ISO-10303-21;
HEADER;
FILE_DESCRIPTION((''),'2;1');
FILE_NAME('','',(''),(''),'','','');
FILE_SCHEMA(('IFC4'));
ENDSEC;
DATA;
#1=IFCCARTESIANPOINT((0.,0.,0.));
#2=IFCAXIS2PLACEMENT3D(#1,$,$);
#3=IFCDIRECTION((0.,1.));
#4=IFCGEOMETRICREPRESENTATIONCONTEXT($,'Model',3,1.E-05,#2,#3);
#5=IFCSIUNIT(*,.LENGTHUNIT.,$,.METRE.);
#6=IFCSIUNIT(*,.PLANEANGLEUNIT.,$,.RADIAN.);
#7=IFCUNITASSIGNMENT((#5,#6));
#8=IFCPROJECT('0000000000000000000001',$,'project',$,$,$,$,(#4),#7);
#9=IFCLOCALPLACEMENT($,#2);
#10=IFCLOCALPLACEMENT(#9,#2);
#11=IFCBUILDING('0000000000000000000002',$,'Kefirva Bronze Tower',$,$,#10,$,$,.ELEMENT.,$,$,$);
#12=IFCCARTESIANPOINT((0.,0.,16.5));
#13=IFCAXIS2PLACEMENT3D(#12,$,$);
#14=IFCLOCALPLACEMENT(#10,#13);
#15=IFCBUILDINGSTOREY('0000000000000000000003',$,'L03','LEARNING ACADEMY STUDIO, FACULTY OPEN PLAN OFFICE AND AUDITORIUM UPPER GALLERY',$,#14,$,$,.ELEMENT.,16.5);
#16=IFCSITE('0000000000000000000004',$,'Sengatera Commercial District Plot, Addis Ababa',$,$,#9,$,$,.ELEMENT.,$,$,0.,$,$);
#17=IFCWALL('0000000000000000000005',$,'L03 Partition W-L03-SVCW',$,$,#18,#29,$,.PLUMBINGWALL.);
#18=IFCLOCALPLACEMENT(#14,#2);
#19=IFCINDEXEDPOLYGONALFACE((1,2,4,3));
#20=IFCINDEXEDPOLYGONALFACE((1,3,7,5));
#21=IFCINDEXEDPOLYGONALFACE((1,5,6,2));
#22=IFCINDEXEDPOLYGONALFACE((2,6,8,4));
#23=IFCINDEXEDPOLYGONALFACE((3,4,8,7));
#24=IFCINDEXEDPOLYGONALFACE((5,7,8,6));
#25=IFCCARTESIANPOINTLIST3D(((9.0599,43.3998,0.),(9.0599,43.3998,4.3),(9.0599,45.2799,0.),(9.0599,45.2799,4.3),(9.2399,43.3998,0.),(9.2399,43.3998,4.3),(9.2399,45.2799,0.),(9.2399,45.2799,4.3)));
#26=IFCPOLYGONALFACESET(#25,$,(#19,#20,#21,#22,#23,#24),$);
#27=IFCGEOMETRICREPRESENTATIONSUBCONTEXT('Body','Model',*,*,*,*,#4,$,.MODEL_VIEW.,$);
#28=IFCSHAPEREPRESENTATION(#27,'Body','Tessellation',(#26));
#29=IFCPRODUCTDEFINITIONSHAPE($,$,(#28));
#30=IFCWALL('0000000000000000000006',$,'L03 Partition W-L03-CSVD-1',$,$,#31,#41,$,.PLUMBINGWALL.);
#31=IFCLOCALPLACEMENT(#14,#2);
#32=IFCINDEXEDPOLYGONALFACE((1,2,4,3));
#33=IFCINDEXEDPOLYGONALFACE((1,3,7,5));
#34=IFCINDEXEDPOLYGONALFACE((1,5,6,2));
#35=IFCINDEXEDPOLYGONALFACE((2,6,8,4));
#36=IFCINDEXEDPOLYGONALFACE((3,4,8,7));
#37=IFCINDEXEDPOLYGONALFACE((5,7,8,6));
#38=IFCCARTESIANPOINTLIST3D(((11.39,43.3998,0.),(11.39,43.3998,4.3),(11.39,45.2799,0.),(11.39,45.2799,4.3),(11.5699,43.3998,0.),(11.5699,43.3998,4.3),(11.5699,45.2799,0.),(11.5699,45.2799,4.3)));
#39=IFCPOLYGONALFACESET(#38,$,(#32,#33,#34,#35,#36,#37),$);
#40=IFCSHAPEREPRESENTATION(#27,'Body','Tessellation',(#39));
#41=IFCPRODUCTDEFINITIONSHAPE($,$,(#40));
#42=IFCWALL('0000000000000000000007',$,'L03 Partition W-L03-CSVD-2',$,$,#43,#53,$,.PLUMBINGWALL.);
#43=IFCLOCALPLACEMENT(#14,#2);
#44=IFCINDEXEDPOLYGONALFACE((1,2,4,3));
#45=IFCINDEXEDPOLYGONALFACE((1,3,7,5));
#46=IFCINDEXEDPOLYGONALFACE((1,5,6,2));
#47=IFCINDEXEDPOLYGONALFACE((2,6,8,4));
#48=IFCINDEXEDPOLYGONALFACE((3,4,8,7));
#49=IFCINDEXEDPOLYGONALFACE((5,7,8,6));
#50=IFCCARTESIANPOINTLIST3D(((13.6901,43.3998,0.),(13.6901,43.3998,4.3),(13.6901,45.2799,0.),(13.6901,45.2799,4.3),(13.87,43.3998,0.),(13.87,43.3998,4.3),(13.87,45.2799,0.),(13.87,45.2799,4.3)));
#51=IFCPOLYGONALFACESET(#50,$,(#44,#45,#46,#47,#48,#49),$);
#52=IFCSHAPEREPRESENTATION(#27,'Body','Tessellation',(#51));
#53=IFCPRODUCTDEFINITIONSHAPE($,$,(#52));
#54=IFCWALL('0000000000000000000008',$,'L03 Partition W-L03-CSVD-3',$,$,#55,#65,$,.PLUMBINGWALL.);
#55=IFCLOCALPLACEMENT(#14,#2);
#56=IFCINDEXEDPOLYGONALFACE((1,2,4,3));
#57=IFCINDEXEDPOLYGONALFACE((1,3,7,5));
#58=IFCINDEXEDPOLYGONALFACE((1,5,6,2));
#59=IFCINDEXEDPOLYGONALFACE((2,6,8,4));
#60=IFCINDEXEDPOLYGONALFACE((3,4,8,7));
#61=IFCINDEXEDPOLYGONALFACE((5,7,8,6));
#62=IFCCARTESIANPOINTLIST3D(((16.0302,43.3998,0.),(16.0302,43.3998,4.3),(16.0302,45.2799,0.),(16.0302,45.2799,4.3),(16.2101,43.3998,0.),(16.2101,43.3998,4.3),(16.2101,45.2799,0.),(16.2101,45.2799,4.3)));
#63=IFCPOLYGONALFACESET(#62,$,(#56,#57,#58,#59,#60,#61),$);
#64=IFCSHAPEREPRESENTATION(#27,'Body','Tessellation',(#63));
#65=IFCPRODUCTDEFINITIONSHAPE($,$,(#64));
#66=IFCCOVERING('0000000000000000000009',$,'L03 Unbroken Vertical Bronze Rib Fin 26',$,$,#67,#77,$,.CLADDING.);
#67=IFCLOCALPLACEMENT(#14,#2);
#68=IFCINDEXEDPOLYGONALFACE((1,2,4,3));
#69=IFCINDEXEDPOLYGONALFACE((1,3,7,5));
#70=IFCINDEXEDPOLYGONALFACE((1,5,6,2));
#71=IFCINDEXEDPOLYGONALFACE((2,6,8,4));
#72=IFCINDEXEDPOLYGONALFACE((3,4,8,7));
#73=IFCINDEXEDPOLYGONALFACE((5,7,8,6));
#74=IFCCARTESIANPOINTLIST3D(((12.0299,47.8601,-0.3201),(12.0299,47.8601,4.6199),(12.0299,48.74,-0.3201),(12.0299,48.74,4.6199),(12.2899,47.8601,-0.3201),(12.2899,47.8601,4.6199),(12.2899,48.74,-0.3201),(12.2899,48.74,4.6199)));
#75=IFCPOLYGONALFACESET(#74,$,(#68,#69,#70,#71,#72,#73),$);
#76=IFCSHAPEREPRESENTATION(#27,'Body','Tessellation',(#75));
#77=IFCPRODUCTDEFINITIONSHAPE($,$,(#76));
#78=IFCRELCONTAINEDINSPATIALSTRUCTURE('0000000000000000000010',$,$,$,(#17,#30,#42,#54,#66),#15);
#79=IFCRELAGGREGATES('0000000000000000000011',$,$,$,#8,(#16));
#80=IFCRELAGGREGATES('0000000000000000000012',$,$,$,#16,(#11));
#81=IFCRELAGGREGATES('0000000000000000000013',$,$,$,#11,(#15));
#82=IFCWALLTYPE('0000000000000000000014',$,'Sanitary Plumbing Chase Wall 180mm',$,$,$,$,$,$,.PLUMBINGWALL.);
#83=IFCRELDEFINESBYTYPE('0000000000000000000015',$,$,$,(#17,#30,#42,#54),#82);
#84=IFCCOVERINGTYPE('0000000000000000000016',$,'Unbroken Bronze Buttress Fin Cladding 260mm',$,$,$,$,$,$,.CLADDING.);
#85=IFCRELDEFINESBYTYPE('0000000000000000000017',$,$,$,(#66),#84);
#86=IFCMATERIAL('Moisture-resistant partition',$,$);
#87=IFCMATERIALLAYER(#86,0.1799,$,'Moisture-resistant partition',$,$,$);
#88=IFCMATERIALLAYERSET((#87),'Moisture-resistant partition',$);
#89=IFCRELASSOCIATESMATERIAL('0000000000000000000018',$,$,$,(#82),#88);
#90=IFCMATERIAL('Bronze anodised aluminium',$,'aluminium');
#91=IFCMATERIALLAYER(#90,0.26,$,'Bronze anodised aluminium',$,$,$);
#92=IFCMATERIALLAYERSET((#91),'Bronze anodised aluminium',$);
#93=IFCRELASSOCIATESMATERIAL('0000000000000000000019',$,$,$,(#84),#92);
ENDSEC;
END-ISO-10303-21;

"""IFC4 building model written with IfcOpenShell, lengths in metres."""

from ifc_helpers import new_model, si_unit, direction, frame, frame_2d, origin, origin_2d, place, context, subcontext, project, spatial, rectangle, extrude, material, layer, layer_set, type_object, element, save


model = new_model("IFC4")

# Units and contexts
model_context = context("Model", 3, precision=1e-05, world=origin(), true_north=direction((0.0, 1.0)))
body_context = subcontext(model_context, "Body", "Model", "MODEL_VIEW")
ifc_project = project(units=[si_unit("LENGTHUNIT", "METRE"), si_unit("PLANEANGLEUNIT", "RADIAN")], contexts=[model_context])

# Site, building, storey
site_placement = place(None, origin())
site = spatial("IfcSite", under=ifc_project, at=site_placement, Name="Sengatera Commercial District Plot, Addis Ababa", CompositionType="ELEMENT", RefElevation=0.0)
building_placement = place(site_placement, origin())
building = spatial("IfcBuilding", under=site, at=building_placement, Name="Kefirva Bronze Tower", CompositionType="ELEMENT")
storey_placement = place(building_placement, frame((0.0, 0.0, 16.5)))
storey = spatial("IfcBuildingStorey", under=building, at=storey_placement, Name="L03", Description="LEARNING ACADEMY STUDIO, FACULTY OPEN PLAN OFFICE AND AUDITORIUM UPPER GALLERY", CompositionType="ELEMENT", Elevation=16.5)

# Shared definitions
ifc_material_1 = material(Name="Bronze anodised aluminium", Category="aluminium")

# Shared definitions
ifc_material_2 = material(Name="Moisture-resistant partition")
ifc_layer_1 = layer(ifc_material_2, 0.1799, Name="Moisture-resistant partition")
ifc_layer_set_1 = layer_set([ifc_layer_1], Name="Moisture-resistant partition")
wall_type_1 = type_object("IfcWallType", Name="Sanitary Plumbing Chase Wall 180mm", PredefinedType="PLUMBINGWALL", material=ifc_layer_set_1)

# Walls
for number, where, z_axis, x_axis, name in (
    (1, (9.1499, 43.3999, 0.0), (0.0, 0.0, 1.0), (0.0, 1.0, 0.0), "L03 Partition W-L03-SVCW"),
    (2, (11.48, 43.3999, 0.0), (0.0, 0.0, 1.0), (0.0, 1.0, 0.0), "L03 Partition W-L03-CSVD-1"),
    (3, (13.78, 43.3999, 0.0), (0.0, 0.0, 1.0), (0.0, 1.0, 0.0), "L03 Partition W-L03-CSVD-2"),
    (4, (16.1201, 43.3999, 0.0), (0.0, 0.0, 1.0), (0.0, 1.0, 0.0), "L03 Partition W-L03-CSVD-3"),
):
    element("IfcWall", number, at=place(storey_placement, frame(where, z_axis=z_axis, x_axis=x_axis)), inside=storey, type_object=wall_type_1, Name=name, PredefinedType="PLUMBINGWALL", context=body_context, shape_type="SweptSolid", body=[
        extrude(rectangle(XDim=1.8801, YDim=0.1799, at=frame_2d((0.9399, 0.0))), origin(), (0.0, 0.0, 1.0), 4.3),
    ])

# Covering
ifc_layer_2 = layer(ifc_material_1, 0.26, Name="Bronze anodised aluminium")
ifc_layer_set_2 = layer_set([ifc_layer_2], Name="Bronze anodised aluminium")
covering_type = type_object("IfcCoveringType", Name="Unbroken Bronze Buttress Fin Cladding 260mm", PredefinedType="CLADDING", material=ifc_layer_set_2)
covering_placement = place(storey_placement, frame((12.1599, 48.3, -0.3201), z_axis=(0.0, 0.0, 1.0), x_axis=(-1.0, 0.0, 0.0)))
element("IfcCovering", 5, at=covering_placement, inside=storey, type_object=covering_type, Name="L03 Unbroken Vertical Bronze Rib Fin 26", PredefinedType="CLADDING", context=body_context, shape_type="SweptSolid", body=[
    extrude(rectangle(XDim=0.26, YDim=0.8799, at=origin_2d()), origin(), (0.0, 0.0, 1.0), 4.9399),
])

save(model, "model.ifc")
